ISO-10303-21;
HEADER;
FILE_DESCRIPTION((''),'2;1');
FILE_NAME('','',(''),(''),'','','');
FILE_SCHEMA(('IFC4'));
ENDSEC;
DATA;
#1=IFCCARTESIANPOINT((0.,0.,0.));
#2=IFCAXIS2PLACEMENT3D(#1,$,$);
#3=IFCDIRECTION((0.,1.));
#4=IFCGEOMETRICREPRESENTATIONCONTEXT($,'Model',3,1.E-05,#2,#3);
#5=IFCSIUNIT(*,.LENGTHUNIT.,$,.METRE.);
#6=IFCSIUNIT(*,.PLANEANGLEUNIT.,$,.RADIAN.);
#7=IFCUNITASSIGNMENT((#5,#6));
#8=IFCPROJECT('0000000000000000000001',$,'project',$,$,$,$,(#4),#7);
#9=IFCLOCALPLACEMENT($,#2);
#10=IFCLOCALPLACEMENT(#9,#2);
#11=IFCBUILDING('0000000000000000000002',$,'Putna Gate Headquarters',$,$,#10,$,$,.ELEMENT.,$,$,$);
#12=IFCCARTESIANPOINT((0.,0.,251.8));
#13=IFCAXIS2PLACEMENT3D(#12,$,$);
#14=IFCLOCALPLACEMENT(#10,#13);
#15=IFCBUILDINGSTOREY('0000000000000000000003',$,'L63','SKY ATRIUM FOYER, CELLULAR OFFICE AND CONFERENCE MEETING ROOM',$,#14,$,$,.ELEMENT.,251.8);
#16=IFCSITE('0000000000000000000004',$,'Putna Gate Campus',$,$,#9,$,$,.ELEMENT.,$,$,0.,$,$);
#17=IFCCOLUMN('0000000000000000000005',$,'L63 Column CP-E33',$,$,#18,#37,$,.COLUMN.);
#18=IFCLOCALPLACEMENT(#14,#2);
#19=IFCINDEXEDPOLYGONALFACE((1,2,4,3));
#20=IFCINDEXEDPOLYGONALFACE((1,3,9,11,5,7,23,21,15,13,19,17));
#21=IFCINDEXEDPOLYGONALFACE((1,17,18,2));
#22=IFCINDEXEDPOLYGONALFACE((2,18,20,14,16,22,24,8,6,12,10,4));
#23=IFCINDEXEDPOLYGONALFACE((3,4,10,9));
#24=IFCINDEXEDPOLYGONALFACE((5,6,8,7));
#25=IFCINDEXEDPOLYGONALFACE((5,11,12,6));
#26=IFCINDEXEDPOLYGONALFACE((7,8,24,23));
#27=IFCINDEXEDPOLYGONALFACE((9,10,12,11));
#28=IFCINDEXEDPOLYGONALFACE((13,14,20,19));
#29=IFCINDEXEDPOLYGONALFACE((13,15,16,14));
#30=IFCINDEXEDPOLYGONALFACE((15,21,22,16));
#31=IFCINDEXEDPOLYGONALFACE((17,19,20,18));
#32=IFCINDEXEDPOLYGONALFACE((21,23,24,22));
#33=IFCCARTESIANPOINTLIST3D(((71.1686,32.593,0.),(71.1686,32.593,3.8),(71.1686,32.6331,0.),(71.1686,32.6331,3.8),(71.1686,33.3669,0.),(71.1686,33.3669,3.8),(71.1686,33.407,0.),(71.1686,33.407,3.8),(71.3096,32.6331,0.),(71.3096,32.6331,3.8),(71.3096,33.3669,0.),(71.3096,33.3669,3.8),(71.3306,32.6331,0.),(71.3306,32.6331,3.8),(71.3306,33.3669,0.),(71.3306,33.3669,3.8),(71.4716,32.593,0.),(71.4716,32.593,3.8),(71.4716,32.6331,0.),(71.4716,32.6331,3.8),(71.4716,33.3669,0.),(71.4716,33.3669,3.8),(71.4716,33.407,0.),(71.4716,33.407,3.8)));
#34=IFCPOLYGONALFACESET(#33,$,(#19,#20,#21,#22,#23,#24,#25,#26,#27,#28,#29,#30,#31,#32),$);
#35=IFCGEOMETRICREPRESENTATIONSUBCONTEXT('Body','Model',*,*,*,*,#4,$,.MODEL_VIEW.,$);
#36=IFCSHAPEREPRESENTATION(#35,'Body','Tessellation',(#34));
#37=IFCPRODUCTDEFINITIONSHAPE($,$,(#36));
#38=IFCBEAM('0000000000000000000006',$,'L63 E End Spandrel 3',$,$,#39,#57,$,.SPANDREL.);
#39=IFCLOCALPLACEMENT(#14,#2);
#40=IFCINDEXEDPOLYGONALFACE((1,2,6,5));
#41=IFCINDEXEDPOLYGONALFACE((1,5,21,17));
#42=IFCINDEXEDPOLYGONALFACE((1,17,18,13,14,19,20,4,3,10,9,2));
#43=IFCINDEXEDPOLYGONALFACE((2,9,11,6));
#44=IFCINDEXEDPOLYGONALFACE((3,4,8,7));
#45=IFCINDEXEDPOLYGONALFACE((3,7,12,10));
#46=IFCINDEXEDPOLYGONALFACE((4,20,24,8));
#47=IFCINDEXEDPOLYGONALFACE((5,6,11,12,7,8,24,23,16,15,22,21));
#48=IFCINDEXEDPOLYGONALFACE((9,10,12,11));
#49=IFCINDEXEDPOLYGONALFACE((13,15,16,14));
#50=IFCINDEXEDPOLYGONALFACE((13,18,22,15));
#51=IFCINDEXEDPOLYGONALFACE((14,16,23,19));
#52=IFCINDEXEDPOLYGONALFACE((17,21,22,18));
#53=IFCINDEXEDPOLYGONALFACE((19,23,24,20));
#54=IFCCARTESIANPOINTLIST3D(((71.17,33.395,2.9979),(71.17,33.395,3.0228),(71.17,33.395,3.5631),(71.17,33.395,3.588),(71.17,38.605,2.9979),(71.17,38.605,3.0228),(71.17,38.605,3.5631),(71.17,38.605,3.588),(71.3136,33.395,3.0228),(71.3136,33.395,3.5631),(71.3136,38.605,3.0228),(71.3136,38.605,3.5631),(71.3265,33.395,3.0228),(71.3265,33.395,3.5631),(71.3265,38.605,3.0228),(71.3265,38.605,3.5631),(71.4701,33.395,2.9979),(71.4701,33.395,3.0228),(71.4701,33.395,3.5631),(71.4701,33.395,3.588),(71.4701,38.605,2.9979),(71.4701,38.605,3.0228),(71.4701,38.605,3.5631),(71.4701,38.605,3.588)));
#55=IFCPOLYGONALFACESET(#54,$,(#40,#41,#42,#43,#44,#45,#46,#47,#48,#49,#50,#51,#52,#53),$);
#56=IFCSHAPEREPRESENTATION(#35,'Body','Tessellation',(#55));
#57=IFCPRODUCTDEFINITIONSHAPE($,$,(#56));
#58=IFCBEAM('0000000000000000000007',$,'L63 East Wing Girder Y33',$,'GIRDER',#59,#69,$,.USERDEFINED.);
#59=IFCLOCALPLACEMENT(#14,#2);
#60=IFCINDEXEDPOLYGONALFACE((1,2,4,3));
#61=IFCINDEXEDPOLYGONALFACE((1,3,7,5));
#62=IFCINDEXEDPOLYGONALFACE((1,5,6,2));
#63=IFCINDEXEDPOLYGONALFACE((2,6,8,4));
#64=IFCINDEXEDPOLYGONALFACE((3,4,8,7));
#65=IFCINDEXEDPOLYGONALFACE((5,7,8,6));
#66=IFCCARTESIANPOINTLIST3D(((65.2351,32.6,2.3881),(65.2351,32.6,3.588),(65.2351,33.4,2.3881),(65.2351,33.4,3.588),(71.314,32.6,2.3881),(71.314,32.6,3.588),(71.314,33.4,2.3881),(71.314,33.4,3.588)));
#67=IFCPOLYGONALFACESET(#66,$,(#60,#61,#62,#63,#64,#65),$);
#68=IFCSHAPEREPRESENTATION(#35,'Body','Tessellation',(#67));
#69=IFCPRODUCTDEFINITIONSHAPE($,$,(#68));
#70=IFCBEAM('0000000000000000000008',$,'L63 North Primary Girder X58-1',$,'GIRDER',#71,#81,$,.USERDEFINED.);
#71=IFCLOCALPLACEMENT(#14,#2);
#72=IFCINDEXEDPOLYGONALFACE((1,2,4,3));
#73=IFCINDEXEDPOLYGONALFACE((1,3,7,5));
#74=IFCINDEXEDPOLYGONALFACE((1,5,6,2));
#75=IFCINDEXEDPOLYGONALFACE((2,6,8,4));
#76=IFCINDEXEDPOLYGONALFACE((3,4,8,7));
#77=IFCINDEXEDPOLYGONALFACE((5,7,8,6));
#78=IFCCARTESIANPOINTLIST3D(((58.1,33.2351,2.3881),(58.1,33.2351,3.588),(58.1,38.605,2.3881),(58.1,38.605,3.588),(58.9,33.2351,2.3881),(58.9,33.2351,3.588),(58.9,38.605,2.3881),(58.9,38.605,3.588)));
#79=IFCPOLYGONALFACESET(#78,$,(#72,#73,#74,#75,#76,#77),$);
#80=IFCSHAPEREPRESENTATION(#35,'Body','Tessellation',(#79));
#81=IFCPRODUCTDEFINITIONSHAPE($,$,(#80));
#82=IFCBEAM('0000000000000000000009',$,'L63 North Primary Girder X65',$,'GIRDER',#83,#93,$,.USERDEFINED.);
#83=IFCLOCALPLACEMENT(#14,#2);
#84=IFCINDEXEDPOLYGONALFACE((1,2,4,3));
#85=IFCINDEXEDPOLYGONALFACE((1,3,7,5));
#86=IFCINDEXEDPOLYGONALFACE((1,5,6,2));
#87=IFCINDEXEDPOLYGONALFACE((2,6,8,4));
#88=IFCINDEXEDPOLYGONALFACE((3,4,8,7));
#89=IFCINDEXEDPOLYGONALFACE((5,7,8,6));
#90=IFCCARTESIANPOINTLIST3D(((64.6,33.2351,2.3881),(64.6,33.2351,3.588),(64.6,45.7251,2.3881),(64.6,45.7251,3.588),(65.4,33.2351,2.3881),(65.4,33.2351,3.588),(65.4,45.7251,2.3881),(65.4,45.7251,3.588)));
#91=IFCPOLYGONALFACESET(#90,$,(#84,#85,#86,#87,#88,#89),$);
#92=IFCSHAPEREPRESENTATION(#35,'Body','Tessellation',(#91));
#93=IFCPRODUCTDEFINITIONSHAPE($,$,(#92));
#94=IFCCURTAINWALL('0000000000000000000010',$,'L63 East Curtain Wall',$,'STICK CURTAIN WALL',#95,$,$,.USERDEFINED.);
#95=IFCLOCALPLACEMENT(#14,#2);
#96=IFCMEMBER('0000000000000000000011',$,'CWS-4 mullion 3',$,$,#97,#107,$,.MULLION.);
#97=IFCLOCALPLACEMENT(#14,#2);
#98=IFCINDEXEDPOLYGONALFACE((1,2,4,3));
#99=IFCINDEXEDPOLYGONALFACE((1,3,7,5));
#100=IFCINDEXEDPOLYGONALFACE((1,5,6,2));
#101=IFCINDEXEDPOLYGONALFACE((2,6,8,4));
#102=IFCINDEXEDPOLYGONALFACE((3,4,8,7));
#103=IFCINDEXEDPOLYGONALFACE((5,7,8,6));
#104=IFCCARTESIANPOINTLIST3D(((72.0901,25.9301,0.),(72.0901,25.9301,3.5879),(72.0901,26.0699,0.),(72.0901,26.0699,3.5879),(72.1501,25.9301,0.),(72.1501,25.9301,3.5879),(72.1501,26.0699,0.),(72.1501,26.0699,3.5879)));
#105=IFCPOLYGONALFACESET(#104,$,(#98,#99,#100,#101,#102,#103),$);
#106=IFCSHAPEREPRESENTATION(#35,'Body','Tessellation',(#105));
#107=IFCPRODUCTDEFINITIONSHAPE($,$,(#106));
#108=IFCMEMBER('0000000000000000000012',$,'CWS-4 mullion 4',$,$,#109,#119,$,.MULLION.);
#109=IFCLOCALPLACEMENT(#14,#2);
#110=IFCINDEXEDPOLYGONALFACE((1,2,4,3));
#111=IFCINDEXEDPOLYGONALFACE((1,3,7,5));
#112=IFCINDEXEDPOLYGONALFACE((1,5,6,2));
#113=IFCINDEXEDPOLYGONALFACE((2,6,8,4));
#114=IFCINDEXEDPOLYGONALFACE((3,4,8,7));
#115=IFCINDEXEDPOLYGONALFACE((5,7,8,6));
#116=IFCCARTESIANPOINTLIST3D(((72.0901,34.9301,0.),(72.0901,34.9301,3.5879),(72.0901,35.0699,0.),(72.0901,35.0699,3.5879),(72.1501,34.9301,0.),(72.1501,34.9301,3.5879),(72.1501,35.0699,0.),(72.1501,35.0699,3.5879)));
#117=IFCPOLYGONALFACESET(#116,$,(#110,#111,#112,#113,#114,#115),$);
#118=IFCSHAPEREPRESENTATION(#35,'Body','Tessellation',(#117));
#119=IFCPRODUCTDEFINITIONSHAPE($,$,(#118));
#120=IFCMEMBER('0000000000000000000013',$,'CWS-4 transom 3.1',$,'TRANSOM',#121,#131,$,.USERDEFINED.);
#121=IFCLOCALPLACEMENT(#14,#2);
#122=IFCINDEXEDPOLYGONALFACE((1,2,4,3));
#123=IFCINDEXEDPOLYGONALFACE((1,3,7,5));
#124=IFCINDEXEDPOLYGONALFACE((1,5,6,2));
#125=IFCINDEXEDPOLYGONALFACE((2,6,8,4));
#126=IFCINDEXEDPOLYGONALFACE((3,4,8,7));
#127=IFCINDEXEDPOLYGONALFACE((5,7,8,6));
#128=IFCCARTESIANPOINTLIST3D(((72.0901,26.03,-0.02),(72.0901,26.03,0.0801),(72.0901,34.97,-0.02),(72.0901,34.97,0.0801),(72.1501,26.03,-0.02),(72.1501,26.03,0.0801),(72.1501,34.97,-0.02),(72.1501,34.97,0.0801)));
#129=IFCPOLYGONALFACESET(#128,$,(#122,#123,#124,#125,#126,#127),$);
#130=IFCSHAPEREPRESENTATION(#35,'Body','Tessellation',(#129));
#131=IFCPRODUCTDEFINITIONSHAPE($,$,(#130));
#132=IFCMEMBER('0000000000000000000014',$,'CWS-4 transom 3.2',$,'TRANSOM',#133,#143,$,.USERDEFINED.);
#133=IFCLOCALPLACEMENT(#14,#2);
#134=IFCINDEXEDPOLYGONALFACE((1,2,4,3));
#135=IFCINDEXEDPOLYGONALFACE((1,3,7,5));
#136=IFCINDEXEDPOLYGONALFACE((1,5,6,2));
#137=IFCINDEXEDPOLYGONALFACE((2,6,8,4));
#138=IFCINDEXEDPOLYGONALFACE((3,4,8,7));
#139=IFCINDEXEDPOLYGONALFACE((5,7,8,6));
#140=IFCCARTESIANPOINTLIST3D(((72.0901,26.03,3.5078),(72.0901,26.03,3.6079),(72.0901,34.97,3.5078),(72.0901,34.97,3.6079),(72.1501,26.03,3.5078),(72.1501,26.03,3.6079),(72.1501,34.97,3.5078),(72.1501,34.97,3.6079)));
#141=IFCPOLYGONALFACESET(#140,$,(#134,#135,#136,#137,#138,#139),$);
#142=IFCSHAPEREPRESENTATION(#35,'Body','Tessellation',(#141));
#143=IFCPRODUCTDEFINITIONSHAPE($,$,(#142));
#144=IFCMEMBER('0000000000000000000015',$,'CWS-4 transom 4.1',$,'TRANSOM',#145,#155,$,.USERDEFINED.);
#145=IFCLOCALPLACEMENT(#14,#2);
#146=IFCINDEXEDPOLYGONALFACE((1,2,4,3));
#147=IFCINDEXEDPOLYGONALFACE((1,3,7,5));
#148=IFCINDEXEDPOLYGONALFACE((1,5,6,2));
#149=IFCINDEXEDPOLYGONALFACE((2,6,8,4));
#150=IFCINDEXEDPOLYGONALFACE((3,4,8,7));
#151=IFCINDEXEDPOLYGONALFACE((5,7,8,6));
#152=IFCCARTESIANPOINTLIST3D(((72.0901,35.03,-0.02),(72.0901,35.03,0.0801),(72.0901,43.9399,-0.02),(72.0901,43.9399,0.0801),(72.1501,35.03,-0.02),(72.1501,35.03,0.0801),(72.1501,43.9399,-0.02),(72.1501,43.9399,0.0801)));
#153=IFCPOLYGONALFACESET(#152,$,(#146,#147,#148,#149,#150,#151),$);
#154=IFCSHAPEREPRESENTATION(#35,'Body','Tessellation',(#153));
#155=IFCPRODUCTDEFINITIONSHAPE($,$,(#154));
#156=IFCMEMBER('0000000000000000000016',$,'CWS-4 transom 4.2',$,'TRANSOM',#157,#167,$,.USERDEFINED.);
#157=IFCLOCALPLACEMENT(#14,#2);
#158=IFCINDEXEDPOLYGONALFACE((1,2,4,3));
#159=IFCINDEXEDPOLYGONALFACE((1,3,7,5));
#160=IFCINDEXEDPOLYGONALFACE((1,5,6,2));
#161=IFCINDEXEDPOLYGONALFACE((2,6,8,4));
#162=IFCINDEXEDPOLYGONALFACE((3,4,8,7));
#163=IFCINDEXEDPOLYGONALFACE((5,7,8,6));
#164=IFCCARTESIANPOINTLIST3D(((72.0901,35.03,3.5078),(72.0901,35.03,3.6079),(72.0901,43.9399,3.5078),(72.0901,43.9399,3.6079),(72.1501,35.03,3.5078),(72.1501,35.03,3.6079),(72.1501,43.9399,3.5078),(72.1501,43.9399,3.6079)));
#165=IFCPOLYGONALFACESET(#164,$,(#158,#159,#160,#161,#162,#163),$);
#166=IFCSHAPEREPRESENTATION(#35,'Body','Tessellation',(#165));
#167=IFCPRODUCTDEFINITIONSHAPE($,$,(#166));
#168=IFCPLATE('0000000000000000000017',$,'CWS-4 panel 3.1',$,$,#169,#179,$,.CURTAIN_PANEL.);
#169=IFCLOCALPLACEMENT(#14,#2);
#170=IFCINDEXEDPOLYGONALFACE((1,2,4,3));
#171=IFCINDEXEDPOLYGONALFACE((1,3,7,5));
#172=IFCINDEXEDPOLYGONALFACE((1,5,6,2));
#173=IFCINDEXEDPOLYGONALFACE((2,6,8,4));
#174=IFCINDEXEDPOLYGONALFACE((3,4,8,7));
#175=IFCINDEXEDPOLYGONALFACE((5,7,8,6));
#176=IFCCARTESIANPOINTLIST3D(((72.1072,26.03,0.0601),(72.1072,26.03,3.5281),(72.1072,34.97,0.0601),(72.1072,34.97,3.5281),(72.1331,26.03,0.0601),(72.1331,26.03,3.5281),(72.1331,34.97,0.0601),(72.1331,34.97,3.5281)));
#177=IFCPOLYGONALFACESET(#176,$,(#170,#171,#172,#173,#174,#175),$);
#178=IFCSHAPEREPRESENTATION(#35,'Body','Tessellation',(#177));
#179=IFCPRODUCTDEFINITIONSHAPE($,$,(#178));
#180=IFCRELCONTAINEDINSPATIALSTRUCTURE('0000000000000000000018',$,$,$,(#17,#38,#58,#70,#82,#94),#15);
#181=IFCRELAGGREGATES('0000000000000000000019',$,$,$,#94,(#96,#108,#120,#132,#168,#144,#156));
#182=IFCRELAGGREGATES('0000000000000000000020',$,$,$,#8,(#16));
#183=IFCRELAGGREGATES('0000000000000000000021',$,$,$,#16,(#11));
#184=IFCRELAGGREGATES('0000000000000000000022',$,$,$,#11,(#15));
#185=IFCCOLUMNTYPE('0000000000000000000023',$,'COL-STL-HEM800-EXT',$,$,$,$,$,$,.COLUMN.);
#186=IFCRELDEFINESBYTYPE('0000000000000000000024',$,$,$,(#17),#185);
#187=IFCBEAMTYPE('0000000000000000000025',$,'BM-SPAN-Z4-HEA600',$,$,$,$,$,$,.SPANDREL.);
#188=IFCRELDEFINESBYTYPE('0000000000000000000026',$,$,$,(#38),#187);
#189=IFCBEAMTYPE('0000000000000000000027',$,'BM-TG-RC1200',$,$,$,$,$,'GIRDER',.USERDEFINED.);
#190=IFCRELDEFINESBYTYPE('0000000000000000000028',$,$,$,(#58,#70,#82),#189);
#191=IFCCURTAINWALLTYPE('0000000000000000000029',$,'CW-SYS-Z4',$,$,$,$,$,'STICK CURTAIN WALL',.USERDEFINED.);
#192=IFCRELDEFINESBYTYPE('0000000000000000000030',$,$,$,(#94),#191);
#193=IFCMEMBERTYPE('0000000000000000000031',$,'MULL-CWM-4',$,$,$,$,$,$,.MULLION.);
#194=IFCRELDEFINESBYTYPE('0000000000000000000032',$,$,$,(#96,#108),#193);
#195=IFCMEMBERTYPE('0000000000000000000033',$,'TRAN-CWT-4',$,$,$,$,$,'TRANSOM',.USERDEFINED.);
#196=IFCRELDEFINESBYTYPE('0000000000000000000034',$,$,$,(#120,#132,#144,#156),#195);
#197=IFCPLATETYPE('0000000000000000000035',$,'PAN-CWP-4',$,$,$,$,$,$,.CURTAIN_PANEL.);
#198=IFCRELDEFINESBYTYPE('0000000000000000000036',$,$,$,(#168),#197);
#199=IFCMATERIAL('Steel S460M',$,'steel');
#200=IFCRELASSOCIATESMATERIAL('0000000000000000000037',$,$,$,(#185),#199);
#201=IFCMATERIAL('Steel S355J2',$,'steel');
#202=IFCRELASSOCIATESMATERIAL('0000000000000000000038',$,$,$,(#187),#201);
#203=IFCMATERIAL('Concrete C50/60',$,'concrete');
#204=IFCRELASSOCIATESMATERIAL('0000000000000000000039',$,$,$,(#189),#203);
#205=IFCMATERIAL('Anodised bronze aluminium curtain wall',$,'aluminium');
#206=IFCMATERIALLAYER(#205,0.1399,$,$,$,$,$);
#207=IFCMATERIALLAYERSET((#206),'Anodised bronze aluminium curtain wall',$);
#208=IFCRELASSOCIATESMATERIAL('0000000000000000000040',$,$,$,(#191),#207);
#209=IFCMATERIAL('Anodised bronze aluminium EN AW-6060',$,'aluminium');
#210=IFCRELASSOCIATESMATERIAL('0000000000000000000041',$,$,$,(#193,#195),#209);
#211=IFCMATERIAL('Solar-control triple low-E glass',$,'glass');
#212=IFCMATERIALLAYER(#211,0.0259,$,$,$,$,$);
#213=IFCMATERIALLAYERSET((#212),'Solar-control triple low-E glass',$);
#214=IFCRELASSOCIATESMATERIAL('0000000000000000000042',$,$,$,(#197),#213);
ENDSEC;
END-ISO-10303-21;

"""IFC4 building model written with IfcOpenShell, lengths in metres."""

from ifc_helpers import new_model, si_unit, direction, frame, origin, origin_2d, place, context, subcontext, project, spatial, rectangle, i_section, extrude, material, layer, layer_set, material_profile, profile_set, type_object, element, aggregate, save


model = new_model("IFC4")

# Units and contexts
model_context = context("Model", 3, precision=1e-05, world=origin(), true_north=direction((0.0, 1.0)))
body_context = subcontext(model_context, "Body", "Model", "MODEL_VIEW")
ifc_project = project(units=[si_unit("LENGTHUNIT", "METRE"), si_unit("PLANEANGLEUNIT", "RADIAN")], contexts=[model_context])

# Site, building, storey
site_placement = place(None, origin())
site = spatial("IfcSite", under=ifc_project, at=site_placement, Name="Putna Gate Campus", CompositionType="ELEMENT", RefElevation=0.0)
building_placement = place(site_placement, origin())
building = spatial("IfcBuilding", under=site, at=building_placement, Name="Putna Gate Headquarters", CompositionType="ELEMENT")
storey_placement = place(building_placement, frame((0.0, 0.0, 251.8)))
storey = spatial("IfcBuildingStorey", under=building, at=storey_placement, Name="L63", Description="SKY ATRIUM FOYER, CELLULAR OFFICE AND CONFERENCE MEETING ROOM", CompositionType="ELEMENT", Elevation=251.8)

# Column
ifc_material_1 = material(Name="Steel S460M", Category="steel")
ifc_material_profile_1 = material_profile(ifc_material_1, i_section(OverallWidth=0.303, OverallDepth=0.814, WebThickness=0.021, FlangeThickness=0.04, at=origin_2d()), Name="Steel S460M")
ifc_profile_set_1 = profile_set([ifc_material_profile_1], Name="Steel S460M")
column_type = type_object("IfcColumnType", Name="COL-STL-HEM800-EXT", PredefinedType="COLUMN", material=ifc_profile_set_1)
column_placement = place(storey_placement, frame((71.3201, 33.0, 0.0), z_axis=(0.0, 0.0, 1.0), x_axis=(1.0, 0.0, 0.0)))
element("IfcColumn", 1, at=column_placement, inside=storey, type_object=column_type, Name="L63 Column CP-E33", PredefinedType="COLUMN", context=body_context, shape_type="SweptSolid", body=[
    extrude(i_section(OverallWidth=0.303, OverallDepth=0.814, WebThickness=0.021, FlangeThickness=0.04, at=origin_2d()), origin(), (0.0, 0.0, 1.0), 3.8),
])

# Beams
ifc_material_2 = material(Name="Steel S355J2", Category="steel")
ifc_material_profile_2 = material_profile(ifc_material_2, i_section(OverallWidth=0.3, OverallDepth=0.5901, WebThickness=0.0129, FlangeThickness=0.0249, at=origin_2d()), Name="Steel S355J2")
ifc_profile_set_2 = profile_set([ifc_material_profile_2], Name="Steel S355J2")
beam_type_1 = type_object("IfcBeamType", Name="BM-SPAN-Z4-HEA600", PredefinedType="SPANDREL", material=ifc_profile_set_2)
beam_1_placement = place(storey_placement, frame((71.3201, 33.395, 3.293), z_axis=(0.0, 1.0, 0.0), x_axis=(-1.0, 0.0, 0.0)))
element("IfcBeam", 2, at=beam_1_placement, inside=storey, type_object=beam_type_1, Name="L63 E End Spandrel 3", PredefinedType="SPANDREL", context=body_context, shape_type="SweptSolid", body=[
    extrude(i_section(OverallWidth=0.3, OverallDepth=0.5901, WebThickness=0.0129, FlangeThickness=0.0249, at=origin_2d()), origin(), (0.0, 0.0, 1.0), 5.21),
])
ifc_material_3 = material(Name="Concrete C50/60", Category="concrete")
ifc_material_profile_3 = material_profile(ifc_material_3, rectangle(XDim=0.8, YDim=1.2, at=origin_2d()), Name="Concrete C50/60")
ifc_profile_set_3 = profile_set([ifc_material_profile_3], Name="Concrete C50/60")
beam_type_2 = type_object("IfcBeamType", Name="BM-TG-RC1200", ElementType="GIRDER", PredefinedType="USERDEFINED", material=ifc_profile_set_3)
beam_2_placement = place(storey_placement, frame((65.2351, 33.0, 2.988), z_axis=(1.0, 0.0, 0.0), x_axis=(0.0, 1.0, 0.0)))
element("IfcBeam", 3, at=beam_2_placement, inside=storey, type_object=beam_type_2, Name="L63 East Wing Girder Y33", ObjectType="GIRDER", PredefinedType="USERDEFINED", context=body_context, shape_type="SweptSolid", body=[
    extrude(rectangle(XDim=0.8, YDim=1.2, at=origin_2d()), origin(), (0.0, 0.0, 1.0), 6.0789),
])
beam_3_placement = place(storey_placement, frame((58.5, 33.2351, 2.988), z_axis=(0.0, 1.0, 0.0), x_axis=(-1.0, 0.0, 0.0)))
element("IfcBeam", 4, at=beam_3_placement, inside=storey, type_object=beam_type_2, Name="L63 North Primary Girder X58-1", ObjectType="GIRDER", PredefinedType="USERDEFINED", context=body_context, shape_type="SweptSolid", body=[
    extrude(rectangle(XDim=0.8, YDim=1.2, at=origin_2d()), origin(), (0.0, 0.0, 1.0), 5.3699),
])
beam_4_placement = place(storey_placement, frame((65.0, 33.2351, 2.988), z_axis=(0.0, 1.0, 0.0), x_axis=(-1.0, 0.0, 0.0)))
element("IfcBeam", 5, at=beam_4_placement, inside=storey, type_object=beam_type_2, Name="L63 North Primary Girder X65", ObjectType="GIRDER", PredefinedType="USERDEFINED", context=body_context, shape_type="SweptSolid", body=[
    extrude(rectangle(XDim=0.8, YDim=1.2, at=origin_2d()), origin(), (0.0, 0.0, 1.0), 12.49),
])

# Curtain wall, members, plate
ifc_material_4 = material(Name="Anodised bronze aluminium curtain wall", Category="aluminium")
ifc_layer_1 = layer(ifc_material_4, 0.1399)
ifc_layer_set_1 = layer_set([ifc_layer_1], Name="Anodised bronze aluminium curtain wall")
curtain_wall_type = type_object("IfcCurtainWallType", Name="CW-SYS-Z4", ElementType="STICK CURTAIN WALL", PredefinedType="USERDEFINED", material=ifc_layer_set_1)
curtain_wall_placement = place(storey_placement, origin())
curtain_wall = element("IfcCurtainWall", 6, at=curtain_wall_placement, inside=storey, type_object=curtain_wall_type, Name="L63 East Curtain Wall", ObjectType="STICK CURTAIN WALL", PredefinedType="USERDEFINED")
ifc_material_5 = material(Name="Anodised bronze aluminium EN AW-6060", Category="aluminium")
ifc_material_profile_4 = material_profile(ifc_material_5, rectangle(XDim=0.0601, YDim=0.1399, at=origin_2d()), Name="Anodised bronze aluminium EN AW-6060")
ifc_profile_set_4 = profile_set([ifc_material_profile_4], Name="Anodised bronze aluminium EN AW-6060")
member_type_1 = type_object("IfcMemberType", Name="MULL-CWM-4", PredefinedType="MULLION", material=ifc_profile_set_4)
member_1_placement = place(storey_placement, frame((72.1201, 26.0, 0.0), z_axis=(0.0, 0.0, 1.0), x_axis=(-1.0, 0.0, 0.0)))
member_1 = element("IfcMember", 7, at=member_1_placement, type_object=member_type_1, Name="CWS-4 mullion 3", PredefinedType="MULLION", context=body_context, shape_type="SweptSolid", body=[
    extrude(rectangle(XDim=0.0601, YDim=0.1399, at=origin_2d()), origin(), (0.0, 0.0, 1.0), 3.5879),
])
member_2_placement = place(storey_placement, frame((72.1201, 35.0, 0.0), z_axis=(0.0, 0.0, 1.0), x_axis=(-1.0, 0.0, 0.0)))
member_2 = element("IfcMember", 8, at=member_2_placement, type_object=member_type_1, Name="CWS-4 mullion 4", PredefinedType="MULLION", context=body_context, shape_type="SweptSolid", body=[
    extrude(rectangle(XDim=0.0601, YDim=0.1399, at=origin_2d()), origin(), (0.0, 0.0, 1.0), 3.5879),
])
ifc_material_profile_5 = material_profile(ifc_material_5, rectangle(XDim=0.0601, YDim=0.1001, at=origin_2d()), Name="Anodised bronze aluminium EN AW-6060")
ifc_profile_set_5 = profile_set([ifc_material_profile_5], Name="Anodised bronze aluminium EN AW-6060")
member_type_2 = type_object("IfcMemberType", Name="TRAN-CWT-4", ElementType="TRANSOM", PredefinedType="USERDEFINED", material=ifc_profile_set_5)
member_3_placement = place(storey_placement, frame((72.1201, 26.03, 0.03), z_axis=(0.0, 1.0, 0.0), x_axis=(-1.0, 0.0, 0.0)))
member_3 = element("IfcMember", 9, at=member_3_placement, type_object=member_type_2, Name="CWS-4 transom 3.1", ObjectType="TRANSOM", PredefinedType="USERDEFINED", context=body_context, shape_type="SweptSolid", body=[
    extrude(rectangle(XDim=0.0601, YDim=0.1001, at=origin_2d()), origin(), (0.0, 0.0, 1.0), 8.9399),
])
member_4_placement = place(storey_placement, frame((72.1201, 26.03, 3.5579), z_axis=(0.0, 1.0, 0.0), x_axis=(-1.0, 0.0, 0.0)))
member_4 = element("IfcMember", 10, at=member_4_placement, type_object=member_type_2, Name="CWS-4 transom 3.2", ObjectType="TRANSOM", PredefinedType="USERDEFINED", context=body_context, shape_type="SweptSolid", body=[
    extrude(rectangle(XDim=0.0601, YDim=0.1001, at=origin_2d()), origin(), (0.0, 0.0, 1.0), 8.9399),
])
member_5_placement = place(storey_placement, frame((72.1201, 35.03, 0.03), z_axis=(0.0, 1.0, 0.0), x_axis=(-1.0, 0.0, 0.0)))
member_5 = element("IfcMember", 11, at=member_5_placement, type_object=member_type_2, Name="CWS-4 transom 4.1", ObjectType="TRANSOM", PredefinedType="USERDEFINED", context=body_context, shape_type="SweptSolid", body=[
    extrude(rectangle(XDim=0.0601, YDim=0.1001, at=origin_2d()), origin(), (0.0, 0.0, 1.0), 8.9099),
])
member_6_placement = place(storey_placement, frame((72.1201, 35.03, 3.5579), z_axis=(0.0, 1.0, 0.0), x_axis=(-1.0, 0.0, 0.0)))
member_6 = element("IfcMember", 12, at=member_6_placement, type_object=member_type_2, Name="CWS-4 transom 4.2", ObjectType="TRANSOM", PredefinedType="USERDEFINED", context=body_context, shape_type="SweptSolid", body=[
    extrude(rectangle(XDim=0.0601, YDim=0.1001, at=origin_2d()), origin(), (0.0, 0.0, 1.0), 8.9099),
])
ifc_material_6 = material(Name="Solar-control triple low-E glass", Category="glass")
ifc_layer_2 = layer(ifc_material_6, 0.0259)
ifc_layer_set_2 = layer_set([ifc_layer_2], Name="Solar-control triple low-E glass")
plate_type = type_object("IfcPlateType", Name="PAN-CWP-4", PredefinedType="CURTAIN_PANEL", material=ifc_layer_set_2)
plate_placement = place(storey_placement, frame((72.1201, 30.5, 0.0601), z_axis=(0.0, 0.0, 1.0), x_axis=(0.0, 1.0, 0.0)))
plate = element("IfcPlate", 13, at=plate_placement, type_object=plate_type, Name="CWS-4 panel 3.1", PredefinedType="CURTAIN_PANEL", context=body_context, shape_type="SweptSolid", body=[
    extrude(rectangle(XDim=8.9399, YDim=0.0259, at=origin_2d()), origin(), (0.0, 0.0, 1.0), 3.468),
])
aggregate(curtain_wall, [member_1, member_2, member_3, member_4, plate, member_5, member_6])

save(model, "model.ifc")
